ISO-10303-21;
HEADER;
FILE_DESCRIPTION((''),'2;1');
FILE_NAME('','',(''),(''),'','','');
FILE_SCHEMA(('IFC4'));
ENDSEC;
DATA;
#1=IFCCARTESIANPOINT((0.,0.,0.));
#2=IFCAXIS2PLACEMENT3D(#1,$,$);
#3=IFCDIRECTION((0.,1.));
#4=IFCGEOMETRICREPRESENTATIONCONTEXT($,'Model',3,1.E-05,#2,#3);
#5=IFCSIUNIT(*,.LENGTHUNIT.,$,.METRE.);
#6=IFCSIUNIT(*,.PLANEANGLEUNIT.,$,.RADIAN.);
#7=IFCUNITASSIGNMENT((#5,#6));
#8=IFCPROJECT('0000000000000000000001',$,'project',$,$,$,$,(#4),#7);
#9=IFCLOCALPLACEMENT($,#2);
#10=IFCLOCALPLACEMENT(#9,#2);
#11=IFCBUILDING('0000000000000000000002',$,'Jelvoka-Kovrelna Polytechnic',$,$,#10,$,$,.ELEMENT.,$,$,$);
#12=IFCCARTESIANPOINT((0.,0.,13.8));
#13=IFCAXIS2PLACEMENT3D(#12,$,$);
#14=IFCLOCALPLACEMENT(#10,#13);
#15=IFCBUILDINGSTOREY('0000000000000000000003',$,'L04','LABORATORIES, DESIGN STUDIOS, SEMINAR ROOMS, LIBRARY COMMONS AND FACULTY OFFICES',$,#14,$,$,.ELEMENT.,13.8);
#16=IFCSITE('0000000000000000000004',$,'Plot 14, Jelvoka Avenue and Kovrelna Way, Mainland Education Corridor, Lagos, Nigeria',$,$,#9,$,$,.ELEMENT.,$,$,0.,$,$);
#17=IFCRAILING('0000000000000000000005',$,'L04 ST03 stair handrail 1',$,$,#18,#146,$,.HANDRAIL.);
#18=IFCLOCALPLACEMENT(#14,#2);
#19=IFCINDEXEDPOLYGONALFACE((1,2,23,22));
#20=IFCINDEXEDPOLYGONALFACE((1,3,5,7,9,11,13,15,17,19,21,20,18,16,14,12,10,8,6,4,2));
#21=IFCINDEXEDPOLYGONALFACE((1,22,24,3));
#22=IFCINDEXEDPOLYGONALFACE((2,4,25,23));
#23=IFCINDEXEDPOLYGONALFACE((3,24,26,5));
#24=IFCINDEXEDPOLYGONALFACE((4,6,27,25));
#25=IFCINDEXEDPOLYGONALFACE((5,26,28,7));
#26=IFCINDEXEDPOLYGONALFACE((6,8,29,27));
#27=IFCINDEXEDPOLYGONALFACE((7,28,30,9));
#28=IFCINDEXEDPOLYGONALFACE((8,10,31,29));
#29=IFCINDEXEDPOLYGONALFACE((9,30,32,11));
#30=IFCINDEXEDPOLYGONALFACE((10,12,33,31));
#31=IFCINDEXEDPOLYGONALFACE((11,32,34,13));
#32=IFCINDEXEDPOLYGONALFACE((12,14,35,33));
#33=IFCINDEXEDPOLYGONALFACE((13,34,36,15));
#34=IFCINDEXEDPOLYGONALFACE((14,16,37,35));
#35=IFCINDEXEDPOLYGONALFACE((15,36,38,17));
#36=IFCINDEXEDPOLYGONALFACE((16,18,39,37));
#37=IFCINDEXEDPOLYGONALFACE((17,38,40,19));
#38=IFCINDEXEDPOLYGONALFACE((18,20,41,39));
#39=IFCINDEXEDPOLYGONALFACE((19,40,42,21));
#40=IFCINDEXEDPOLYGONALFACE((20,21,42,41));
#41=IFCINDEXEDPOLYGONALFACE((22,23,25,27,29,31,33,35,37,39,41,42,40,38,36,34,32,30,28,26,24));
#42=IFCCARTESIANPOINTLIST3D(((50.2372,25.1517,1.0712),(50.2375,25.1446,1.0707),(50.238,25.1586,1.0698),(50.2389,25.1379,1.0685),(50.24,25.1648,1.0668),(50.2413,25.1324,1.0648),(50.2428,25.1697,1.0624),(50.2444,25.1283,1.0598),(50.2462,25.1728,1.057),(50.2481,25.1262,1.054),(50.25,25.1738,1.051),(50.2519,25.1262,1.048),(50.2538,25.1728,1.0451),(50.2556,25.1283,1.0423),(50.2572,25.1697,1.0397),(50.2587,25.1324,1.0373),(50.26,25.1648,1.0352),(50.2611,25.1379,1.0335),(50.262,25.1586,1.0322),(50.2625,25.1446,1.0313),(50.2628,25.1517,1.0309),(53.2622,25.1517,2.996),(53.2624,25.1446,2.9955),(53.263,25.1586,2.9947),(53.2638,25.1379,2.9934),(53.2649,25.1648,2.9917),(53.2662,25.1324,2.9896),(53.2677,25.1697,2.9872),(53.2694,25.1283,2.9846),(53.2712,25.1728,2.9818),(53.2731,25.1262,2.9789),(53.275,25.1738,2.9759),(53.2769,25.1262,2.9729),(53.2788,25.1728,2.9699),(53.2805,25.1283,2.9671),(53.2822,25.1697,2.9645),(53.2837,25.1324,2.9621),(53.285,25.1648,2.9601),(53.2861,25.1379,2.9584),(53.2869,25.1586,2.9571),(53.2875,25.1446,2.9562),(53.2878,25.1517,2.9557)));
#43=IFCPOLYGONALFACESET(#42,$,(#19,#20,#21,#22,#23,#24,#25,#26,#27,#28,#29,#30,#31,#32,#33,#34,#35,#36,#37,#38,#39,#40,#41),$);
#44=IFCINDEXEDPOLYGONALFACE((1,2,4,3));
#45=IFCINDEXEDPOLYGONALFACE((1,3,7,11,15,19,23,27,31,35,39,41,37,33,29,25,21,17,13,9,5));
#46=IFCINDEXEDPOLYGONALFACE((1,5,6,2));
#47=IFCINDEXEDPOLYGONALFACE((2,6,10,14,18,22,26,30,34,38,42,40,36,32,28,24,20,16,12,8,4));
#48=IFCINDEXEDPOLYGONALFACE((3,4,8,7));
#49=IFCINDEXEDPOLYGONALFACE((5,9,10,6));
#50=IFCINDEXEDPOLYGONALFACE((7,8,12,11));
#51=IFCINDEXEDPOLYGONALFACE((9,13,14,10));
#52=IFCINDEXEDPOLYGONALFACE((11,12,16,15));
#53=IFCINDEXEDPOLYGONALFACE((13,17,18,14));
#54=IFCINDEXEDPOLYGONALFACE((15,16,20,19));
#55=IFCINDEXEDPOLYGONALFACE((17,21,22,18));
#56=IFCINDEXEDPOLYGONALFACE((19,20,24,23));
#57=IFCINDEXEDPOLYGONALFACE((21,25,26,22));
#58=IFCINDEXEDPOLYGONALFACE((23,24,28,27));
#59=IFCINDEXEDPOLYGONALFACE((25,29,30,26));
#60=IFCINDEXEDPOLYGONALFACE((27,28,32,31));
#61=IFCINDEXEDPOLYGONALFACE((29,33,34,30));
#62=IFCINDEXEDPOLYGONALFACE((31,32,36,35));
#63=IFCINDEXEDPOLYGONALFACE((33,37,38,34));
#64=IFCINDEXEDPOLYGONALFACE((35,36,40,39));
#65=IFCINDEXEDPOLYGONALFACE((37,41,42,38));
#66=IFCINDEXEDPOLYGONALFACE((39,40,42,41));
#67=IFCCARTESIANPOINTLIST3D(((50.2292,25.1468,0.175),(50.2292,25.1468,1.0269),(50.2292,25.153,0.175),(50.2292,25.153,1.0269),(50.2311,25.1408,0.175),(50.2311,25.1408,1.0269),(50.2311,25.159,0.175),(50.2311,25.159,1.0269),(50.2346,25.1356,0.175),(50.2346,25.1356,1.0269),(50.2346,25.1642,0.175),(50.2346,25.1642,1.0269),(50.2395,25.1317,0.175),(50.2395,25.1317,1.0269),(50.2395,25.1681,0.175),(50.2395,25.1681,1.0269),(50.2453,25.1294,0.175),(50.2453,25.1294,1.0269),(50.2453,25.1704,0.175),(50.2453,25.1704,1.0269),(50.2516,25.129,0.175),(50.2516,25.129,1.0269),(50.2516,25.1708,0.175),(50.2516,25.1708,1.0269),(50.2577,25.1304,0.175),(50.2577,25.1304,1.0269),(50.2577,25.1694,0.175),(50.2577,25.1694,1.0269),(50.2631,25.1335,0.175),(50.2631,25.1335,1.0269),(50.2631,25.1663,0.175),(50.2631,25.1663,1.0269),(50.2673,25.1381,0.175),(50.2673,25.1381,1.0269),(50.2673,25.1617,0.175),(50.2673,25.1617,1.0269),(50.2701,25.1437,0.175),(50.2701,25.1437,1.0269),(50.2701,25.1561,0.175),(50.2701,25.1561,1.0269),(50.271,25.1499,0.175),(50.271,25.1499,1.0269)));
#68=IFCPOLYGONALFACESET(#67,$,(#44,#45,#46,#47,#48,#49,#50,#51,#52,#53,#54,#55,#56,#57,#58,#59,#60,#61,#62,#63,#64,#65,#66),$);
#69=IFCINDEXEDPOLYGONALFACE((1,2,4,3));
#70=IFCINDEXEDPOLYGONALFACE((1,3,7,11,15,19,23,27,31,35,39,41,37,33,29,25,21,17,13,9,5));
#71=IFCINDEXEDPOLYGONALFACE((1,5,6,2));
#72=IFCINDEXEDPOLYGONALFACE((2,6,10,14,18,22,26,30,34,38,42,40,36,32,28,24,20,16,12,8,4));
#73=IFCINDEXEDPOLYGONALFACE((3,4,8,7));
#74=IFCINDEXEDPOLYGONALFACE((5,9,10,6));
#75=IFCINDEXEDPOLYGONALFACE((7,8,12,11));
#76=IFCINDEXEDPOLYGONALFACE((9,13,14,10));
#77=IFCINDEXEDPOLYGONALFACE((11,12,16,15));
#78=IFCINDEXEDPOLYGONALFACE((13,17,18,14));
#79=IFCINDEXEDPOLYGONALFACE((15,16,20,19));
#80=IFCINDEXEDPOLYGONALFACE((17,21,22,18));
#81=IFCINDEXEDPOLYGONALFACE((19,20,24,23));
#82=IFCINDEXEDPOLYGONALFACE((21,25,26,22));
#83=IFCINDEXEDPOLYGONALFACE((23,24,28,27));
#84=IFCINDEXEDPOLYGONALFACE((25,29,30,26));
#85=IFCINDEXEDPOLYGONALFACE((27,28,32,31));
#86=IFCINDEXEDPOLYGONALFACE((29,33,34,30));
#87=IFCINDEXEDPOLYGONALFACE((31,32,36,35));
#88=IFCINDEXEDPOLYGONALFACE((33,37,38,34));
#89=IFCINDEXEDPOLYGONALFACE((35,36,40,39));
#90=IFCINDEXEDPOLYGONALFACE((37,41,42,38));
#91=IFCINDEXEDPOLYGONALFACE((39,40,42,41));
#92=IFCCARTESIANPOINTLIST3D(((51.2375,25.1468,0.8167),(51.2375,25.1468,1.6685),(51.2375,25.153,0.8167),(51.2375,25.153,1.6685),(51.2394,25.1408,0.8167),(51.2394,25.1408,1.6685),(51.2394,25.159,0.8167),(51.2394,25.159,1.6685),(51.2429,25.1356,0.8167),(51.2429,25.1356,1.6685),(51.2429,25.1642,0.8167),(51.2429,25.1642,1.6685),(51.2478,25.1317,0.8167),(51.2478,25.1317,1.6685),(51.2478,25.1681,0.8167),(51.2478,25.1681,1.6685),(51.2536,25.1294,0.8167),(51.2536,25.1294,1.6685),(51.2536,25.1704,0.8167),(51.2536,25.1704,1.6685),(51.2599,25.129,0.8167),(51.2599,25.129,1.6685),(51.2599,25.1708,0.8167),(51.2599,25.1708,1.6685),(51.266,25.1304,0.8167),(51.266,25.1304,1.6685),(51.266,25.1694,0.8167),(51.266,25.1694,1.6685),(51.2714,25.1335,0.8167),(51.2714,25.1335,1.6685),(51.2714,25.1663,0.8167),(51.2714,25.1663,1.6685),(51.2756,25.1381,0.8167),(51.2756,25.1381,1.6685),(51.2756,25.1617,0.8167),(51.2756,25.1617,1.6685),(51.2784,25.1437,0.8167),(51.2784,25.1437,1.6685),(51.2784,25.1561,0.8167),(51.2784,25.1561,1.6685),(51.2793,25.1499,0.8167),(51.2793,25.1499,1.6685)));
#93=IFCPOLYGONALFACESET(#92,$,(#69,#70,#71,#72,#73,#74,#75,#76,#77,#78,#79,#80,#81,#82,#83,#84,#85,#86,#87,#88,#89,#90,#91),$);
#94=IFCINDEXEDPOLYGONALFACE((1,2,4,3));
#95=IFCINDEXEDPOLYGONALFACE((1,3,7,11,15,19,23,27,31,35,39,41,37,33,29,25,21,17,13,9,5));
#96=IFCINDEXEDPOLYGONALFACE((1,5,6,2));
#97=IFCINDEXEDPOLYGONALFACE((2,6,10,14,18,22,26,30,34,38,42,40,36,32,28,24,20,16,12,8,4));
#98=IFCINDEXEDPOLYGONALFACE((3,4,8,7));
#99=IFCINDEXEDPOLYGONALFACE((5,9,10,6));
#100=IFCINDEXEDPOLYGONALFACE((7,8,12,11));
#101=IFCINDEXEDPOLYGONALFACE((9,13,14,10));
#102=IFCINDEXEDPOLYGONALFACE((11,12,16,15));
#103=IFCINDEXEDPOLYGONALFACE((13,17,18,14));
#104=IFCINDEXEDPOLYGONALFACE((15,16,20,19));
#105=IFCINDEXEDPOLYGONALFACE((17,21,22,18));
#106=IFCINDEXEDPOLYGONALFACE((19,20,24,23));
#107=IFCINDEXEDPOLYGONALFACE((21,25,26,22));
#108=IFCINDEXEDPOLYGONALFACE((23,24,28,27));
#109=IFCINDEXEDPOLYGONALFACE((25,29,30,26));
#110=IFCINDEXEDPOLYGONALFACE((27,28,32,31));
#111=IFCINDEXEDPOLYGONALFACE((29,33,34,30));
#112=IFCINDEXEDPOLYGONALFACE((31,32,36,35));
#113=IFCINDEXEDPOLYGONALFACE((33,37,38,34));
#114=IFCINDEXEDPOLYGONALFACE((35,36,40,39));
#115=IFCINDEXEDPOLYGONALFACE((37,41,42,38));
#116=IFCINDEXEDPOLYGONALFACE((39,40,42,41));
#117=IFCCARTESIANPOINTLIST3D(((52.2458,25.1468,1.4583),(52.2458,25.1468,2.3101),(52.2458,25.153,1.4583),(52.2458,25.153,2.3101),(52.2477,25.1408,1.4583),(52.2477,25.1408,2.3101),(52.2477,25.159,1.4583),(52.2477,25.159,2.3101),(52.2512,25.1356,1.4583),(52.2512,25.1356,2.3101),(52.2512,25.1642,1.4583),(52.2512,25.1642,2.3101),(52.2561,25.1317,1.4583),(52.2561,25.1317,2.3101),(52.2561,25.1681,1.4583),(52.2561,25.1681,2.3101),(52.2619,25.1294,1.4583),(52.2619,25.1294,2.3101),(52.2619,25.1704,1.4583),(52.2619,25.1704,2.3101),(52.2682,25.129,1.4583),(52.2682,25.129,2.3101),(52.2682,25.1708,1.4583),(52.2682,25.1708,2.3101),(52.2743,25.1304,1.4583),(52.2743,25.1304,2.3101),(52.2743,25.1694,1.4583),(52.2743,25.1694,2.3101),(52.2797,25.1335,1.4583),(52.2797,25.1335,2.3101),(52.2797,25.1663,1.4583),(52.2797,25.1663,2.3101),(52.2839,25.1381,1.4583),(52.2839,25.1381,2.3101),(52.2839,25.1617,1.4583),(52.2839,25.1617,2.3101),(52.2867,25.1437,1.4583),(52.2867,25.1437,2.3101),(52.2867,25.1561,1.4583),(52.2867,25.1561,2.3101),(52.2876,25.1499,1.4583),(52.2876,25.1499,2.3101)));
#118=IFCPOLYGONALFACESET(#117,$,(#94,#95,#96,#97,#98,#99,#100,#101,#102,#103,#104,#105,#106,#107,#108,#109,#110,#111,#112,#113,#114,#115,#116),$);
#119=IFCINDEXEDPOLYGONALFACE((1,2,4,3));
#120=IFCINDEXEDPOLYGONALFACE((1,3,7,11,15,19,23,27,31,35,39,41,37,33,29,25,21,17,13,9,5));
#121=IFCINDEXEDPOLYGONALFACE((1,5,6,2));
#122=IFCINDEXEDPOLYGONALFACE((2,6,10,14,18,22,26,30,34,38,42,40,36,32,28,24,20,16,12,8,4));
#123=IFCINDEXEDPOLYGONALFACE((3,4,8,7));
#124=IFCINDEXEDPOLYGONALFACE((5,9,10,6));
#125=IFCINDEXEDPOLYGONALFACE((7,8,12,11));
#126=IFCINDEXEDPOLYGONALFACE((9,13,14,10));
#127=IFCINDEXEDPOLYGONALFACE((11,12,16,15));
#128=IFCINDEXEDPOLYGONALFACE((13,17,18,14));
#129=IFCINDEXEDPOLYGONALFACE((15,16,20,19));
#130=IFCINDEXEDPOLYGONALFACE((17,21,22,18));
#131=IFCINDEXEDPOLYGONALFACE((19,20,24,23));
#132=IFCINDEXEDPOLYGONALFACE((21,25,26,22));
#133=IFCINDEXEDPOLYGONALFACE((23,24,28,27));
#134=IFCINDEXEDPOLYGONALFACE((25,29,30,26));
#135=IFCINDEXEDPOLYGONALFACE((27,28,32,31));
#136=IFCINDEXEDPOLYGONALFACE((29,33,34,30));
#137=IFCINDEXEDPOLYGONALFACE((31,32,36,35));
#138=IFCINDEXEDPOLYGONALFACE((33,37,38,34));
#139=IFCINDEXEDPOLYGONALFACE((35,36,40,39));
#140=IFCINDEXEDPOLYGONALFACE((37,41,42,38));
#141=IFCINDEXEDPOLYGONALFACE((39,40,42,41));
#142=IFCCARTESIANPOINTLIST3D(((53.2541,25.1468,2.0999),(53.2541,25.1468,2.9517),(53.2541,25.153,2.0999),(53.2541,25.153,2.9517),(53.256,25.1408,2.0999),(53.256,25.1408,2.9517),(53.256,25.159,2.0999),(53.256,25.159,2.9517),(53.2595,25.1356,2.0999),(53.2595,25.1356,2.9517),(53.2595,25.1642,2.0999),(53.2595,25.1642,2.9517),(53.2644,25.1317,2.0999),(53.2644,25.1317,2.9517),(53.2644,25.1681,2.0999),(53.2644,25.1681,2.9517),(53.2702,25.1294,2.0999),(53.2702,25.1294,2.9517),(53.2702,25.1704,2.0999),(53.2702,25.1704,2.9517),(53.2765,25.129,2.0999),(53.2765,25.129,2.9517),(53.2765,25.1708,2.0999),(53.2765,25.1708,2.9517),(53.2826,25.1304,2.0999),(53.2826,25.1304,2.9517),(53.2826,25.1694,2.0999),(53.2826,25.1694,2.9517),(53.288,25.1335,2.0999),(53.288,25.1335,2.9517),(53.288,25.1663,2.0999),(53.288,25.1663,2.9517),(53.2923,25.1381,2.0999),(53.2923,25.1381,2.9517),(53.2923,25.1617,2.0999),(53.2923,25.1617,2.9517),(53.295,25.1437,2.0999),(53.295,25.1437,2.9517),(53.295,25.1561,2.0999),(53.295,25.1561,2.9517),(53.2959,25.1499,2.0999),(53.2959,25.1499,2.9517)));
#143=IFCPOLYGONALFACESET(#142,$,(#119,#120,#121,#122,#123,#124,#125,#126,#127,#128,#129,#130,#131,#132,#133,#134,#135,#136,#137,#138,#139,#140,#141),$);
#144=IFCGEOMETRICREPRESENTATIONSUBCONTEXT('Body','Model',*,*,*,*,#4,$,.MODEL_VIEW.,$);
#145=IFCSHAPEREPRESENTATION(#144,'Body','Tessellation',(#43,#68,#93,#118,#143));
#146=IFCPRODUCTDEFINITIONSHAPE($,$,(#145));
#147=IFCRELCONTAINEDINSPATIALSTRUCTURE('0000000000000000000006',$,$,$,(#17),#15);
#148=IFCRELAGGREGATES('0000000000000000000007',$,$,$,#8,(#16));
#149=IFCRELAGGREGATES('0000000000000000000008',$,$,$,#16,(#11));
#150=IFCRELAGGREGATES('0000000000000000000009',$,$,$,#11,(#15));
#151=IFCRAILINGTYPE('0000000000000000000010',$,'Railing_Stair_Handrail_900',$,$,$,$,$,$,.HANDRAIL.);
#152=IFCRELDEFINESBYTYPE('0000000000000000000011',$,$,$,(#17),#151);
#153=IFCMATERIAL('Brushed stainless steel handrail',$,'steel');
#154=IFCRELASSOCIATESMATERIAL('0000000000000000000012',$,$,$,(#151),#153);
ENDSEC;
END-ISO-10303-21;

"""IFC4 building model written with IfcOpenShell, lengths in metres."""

from ifc_helpers import new_model, si_unit, direction, frame, origin, origin_2d, place, context, subcontext, project, spatial, circle, extrude, material, type_object, element, save


model = new_model("IFC4")

# Units and contexts
model_context = context("Model", 3, precision=1e-05, world=origin(), true_north=direction((0.0, 1.0)))
body_context = subcontext(model_context, "Body", "Model", "MODEL_VIEW")
ifc_project = project(units=[si_unit("LENGTHUNIT", "METRE"), si_unit("PLANEANGLEUNIT", "RADIAN")], contexts=[model_context])

# Site, building, storey
site_placement = place(None, origin())
site = spatial("IfcSite", under=ifc_project, at=site_placement, Name="Plot 14, Jelvoka Avenue and Kovrelna Way, Mainland Education Corridor, Lagos, Nigeria", CompositionType="ELEMENT", RefElevation=0.0)
building_placement = place(site_placement, origin())
building = spatial("IfcBuilding", under=site, at=building_placement, Name="Jelvoka-Kovrelna Polytechnic", CompositionType="ELEMENT")
storey_placement = place(building_placement, frame((0.0, 0.0, 13.8)))
storey = spatial("IfcBuildingStorey", under=building, at=storey_placement, Name="L04", Description="LABORATORIES, DESIGN STUDIOS, SEMINAR ROOMS, LIBRARY COMMONS AND FACULTY OFFICES", CompositionType="ELEMENT", Elevation=13.8)

# Railing
ifc_material_1 = material(Name="Brushed stainless steel handrail", Category="steel")
railing_type_1 = type_object("IfcRailingType", Name="Railing_Stair_Handrail_900", PredefinedType="HANDRAIL", material=ifc_material_1)
railing_1_placement = place(storey_placement, frame((50.25, 25.1499, 0.175)))
element("IfcRailing", 1, at=railing_1_placement, inside=storey, type_object=railing_type_1, Name="L04 ST03 stair handrail 1", PredefinedType="HANDRAIL", context=body_context, shape_type="SweptSolid", body=[
    extrude(circle(Radius=0.0239, at=origin_2d()), frame((0.0, 0.0, 0.876), z_axis=(0.843678, 0.0, 0.536849), x_axis=(0.0, 1.0, 0.0)), (0.0, 0.0, 1.0), 3.5854),
    extrude(circle(Radius=0.021, at=origin_2d()), origin(), (0.0, 0.0, 1.0), 0.8518),
    extrude(circle(Radius=0.021, at=origin_2d()), frame((1.0083, 0.0, 0.6416)), (0.0, 0.0, 1.0), 0.8518),
    extrude(circle(Radius=0.021, at=origin_2d()), frame((2.0166, 0.0, 1.2832)), (0.0, 0.0, 1.0), 0.8518),
    extrude(circle(Radius=0.021, at=origin_2d()), frame((3.0249, 0.0, 1.9248)), (0.0, 0.0, 1.0), 0.8518),
])

save(model, "model.ifc")
